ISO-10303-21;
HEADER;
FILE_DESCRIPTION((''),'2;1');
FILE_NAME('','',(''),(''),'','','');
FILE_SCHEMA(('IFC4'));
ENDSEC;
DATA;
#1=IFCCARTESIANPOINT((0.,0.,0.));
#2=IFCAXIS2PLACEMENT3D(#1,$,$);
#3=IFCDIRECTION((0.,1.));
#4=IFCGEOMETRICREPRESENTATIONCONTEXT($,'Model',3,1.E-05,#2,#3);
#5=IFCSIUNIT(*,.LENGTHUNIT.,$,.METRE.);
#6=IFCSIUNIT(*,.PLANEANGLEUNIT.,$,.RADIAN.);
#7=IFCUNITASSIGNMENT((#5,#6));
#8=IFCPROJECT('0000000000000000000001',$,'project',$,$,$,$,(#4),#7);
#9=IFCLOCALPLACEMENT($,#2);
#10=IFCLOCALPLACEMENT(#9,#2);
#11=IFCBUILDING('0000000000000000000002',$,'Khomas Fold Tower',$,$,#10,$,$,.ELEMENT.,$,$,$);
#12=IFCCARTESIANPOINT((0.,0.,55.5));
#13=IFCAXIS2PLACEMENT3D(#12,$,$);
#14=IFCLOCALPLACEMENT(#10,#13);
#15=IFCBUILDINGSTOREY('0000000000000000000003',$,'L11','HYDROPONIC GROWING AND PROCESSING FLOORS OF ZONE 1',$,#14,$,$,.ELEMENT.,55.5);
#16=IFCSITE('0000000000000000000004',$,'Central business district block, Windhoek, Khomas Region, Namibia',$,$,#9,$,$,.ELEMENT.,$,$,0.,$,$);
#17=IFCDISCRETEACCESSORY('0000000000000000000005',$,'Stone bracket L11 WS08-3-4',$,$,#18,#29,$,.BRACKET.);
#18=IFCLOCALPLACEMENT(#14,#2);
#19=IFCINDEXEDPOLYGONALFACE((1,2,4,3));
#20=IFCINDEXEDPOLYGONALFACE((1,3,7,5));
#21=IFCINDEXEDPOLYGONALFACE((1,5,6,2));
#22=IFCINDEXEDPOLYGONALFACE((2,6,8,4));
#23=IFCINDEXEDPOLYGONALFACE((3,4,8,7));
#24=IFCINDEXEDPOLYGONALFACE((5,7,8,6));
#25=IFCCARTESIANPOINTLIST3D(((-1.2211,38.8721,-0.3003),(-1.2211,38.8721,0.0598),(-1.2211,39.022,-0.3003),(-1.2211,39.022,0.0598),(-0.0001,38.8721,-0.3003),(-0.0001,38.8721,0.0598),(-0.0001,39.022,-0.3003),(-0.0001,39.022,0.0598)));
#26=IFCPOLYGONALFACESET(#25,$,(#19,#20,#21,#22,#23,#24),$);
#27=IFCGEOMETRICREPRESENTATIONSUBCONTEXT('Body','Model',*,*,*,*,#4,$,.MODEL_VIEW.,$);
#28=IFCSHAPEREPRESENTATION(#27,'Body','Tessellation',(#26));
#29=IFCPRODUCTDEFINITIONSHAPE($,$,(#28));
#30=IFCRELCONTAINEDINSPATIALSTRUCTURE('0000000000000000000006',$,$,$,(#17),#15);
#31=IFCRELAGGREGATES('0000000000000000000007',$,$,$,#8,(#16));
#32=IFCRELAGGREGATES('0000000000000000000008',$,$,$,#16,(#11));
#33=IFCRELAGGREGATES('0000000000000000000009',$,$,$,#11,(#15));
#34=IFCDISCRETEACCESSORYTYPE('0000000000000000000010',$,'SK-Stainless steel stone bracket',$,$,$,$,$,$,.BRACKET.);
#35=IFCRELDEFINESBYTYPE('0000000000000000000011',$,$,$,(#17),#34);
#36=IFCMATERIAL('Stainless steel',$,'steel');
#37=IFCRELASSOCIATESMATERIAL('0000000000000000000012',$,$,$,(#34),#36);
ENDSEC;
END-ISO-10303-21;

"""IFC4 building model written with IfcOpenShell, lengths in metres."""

from ifc_helpers import new_model, si_unit, direction, frame, origin, origin_2d, place, context, subcontext, project, spatial, rectangle, extrude, source, transform, mapped, material, type_object, element, save


model = new_model("IFC4")

# Units and contexts
model_context = context("Model", 3, precision=1e-05, world=origin(), true_north=direction((0.0, 1.0)))
body_context = subcontext(model_context, "Body", "Model", "MODEL_VIEW")
ifc_project = project(units=[si_unit("LENGTHUNIT", "METRE"), si_unit("PLANEANGLEUNIT", "RADIAN")], contexts=[model_context])

# Site, building, storey
site_placement = place(None, origin())
site = spatial("IfcSite", under=ifc_project, at=site_placement, Name="Central business district block, Windhoek, Khomas Region, Namibia", CompositionType="ELEMENT", RefElevation=0.0)
building_placement = place(site_placement, origin())
building = spatial("IfcBuilding", under=site, at=building_placement, Name="Khomas Fold Tower", CompositionType="ELEMENT")
storey_placement = place(building_placement, frame((0.0, 0.0, 55.5)))
storey = spatial("IfcBuildingStorey", under=building, at=storey_placement, Name="L11", Description="HYDROPONIC GROWING AND PROCESSING FLOORS OF ZONE 1", CompositionType="ELEMENT", Elevation=55.5)

# Discrete accessory
ifc_material_1 = material(Name="Stainless steel", Category="steel")
discrete_accessory_type = type_object("IfcDiscreteAccessoryType", Name="SK-Stainless steel stone bracket", PredefinedType="BRACKET", material=ifc_material_1)
shared_shape_1 = source(origin(), body_context, "Body", "SweptSolid", [
    extrude(rectangle(XDim=1.2209, YDim=0.1499, at=origin_2d()), origin(), (0.0, 0.0, 1.0), 0.3601),
])
discrete_accessory_placement = place(storey_placement, frame((-0.6106, 38.947, -0.3003), z_axis=(0.0, 0.0, 1.0), x_axis=(-1.0, 0.0, 0.0)))
element("IfcDiscreteAccessory", 1, at=discrete_accessory_placement, inside=storey, type_object=discrete_accessory_type, Name="Stone bracket L11 WS08-3-4", PredefinedType="BRACKET", context=body_context, shape_type="MappedRepresentation", body=[
    mapped(shared_shape_1, transform((0.0, 0.0, 0.0))),
])

save(model, "model.ifc")
